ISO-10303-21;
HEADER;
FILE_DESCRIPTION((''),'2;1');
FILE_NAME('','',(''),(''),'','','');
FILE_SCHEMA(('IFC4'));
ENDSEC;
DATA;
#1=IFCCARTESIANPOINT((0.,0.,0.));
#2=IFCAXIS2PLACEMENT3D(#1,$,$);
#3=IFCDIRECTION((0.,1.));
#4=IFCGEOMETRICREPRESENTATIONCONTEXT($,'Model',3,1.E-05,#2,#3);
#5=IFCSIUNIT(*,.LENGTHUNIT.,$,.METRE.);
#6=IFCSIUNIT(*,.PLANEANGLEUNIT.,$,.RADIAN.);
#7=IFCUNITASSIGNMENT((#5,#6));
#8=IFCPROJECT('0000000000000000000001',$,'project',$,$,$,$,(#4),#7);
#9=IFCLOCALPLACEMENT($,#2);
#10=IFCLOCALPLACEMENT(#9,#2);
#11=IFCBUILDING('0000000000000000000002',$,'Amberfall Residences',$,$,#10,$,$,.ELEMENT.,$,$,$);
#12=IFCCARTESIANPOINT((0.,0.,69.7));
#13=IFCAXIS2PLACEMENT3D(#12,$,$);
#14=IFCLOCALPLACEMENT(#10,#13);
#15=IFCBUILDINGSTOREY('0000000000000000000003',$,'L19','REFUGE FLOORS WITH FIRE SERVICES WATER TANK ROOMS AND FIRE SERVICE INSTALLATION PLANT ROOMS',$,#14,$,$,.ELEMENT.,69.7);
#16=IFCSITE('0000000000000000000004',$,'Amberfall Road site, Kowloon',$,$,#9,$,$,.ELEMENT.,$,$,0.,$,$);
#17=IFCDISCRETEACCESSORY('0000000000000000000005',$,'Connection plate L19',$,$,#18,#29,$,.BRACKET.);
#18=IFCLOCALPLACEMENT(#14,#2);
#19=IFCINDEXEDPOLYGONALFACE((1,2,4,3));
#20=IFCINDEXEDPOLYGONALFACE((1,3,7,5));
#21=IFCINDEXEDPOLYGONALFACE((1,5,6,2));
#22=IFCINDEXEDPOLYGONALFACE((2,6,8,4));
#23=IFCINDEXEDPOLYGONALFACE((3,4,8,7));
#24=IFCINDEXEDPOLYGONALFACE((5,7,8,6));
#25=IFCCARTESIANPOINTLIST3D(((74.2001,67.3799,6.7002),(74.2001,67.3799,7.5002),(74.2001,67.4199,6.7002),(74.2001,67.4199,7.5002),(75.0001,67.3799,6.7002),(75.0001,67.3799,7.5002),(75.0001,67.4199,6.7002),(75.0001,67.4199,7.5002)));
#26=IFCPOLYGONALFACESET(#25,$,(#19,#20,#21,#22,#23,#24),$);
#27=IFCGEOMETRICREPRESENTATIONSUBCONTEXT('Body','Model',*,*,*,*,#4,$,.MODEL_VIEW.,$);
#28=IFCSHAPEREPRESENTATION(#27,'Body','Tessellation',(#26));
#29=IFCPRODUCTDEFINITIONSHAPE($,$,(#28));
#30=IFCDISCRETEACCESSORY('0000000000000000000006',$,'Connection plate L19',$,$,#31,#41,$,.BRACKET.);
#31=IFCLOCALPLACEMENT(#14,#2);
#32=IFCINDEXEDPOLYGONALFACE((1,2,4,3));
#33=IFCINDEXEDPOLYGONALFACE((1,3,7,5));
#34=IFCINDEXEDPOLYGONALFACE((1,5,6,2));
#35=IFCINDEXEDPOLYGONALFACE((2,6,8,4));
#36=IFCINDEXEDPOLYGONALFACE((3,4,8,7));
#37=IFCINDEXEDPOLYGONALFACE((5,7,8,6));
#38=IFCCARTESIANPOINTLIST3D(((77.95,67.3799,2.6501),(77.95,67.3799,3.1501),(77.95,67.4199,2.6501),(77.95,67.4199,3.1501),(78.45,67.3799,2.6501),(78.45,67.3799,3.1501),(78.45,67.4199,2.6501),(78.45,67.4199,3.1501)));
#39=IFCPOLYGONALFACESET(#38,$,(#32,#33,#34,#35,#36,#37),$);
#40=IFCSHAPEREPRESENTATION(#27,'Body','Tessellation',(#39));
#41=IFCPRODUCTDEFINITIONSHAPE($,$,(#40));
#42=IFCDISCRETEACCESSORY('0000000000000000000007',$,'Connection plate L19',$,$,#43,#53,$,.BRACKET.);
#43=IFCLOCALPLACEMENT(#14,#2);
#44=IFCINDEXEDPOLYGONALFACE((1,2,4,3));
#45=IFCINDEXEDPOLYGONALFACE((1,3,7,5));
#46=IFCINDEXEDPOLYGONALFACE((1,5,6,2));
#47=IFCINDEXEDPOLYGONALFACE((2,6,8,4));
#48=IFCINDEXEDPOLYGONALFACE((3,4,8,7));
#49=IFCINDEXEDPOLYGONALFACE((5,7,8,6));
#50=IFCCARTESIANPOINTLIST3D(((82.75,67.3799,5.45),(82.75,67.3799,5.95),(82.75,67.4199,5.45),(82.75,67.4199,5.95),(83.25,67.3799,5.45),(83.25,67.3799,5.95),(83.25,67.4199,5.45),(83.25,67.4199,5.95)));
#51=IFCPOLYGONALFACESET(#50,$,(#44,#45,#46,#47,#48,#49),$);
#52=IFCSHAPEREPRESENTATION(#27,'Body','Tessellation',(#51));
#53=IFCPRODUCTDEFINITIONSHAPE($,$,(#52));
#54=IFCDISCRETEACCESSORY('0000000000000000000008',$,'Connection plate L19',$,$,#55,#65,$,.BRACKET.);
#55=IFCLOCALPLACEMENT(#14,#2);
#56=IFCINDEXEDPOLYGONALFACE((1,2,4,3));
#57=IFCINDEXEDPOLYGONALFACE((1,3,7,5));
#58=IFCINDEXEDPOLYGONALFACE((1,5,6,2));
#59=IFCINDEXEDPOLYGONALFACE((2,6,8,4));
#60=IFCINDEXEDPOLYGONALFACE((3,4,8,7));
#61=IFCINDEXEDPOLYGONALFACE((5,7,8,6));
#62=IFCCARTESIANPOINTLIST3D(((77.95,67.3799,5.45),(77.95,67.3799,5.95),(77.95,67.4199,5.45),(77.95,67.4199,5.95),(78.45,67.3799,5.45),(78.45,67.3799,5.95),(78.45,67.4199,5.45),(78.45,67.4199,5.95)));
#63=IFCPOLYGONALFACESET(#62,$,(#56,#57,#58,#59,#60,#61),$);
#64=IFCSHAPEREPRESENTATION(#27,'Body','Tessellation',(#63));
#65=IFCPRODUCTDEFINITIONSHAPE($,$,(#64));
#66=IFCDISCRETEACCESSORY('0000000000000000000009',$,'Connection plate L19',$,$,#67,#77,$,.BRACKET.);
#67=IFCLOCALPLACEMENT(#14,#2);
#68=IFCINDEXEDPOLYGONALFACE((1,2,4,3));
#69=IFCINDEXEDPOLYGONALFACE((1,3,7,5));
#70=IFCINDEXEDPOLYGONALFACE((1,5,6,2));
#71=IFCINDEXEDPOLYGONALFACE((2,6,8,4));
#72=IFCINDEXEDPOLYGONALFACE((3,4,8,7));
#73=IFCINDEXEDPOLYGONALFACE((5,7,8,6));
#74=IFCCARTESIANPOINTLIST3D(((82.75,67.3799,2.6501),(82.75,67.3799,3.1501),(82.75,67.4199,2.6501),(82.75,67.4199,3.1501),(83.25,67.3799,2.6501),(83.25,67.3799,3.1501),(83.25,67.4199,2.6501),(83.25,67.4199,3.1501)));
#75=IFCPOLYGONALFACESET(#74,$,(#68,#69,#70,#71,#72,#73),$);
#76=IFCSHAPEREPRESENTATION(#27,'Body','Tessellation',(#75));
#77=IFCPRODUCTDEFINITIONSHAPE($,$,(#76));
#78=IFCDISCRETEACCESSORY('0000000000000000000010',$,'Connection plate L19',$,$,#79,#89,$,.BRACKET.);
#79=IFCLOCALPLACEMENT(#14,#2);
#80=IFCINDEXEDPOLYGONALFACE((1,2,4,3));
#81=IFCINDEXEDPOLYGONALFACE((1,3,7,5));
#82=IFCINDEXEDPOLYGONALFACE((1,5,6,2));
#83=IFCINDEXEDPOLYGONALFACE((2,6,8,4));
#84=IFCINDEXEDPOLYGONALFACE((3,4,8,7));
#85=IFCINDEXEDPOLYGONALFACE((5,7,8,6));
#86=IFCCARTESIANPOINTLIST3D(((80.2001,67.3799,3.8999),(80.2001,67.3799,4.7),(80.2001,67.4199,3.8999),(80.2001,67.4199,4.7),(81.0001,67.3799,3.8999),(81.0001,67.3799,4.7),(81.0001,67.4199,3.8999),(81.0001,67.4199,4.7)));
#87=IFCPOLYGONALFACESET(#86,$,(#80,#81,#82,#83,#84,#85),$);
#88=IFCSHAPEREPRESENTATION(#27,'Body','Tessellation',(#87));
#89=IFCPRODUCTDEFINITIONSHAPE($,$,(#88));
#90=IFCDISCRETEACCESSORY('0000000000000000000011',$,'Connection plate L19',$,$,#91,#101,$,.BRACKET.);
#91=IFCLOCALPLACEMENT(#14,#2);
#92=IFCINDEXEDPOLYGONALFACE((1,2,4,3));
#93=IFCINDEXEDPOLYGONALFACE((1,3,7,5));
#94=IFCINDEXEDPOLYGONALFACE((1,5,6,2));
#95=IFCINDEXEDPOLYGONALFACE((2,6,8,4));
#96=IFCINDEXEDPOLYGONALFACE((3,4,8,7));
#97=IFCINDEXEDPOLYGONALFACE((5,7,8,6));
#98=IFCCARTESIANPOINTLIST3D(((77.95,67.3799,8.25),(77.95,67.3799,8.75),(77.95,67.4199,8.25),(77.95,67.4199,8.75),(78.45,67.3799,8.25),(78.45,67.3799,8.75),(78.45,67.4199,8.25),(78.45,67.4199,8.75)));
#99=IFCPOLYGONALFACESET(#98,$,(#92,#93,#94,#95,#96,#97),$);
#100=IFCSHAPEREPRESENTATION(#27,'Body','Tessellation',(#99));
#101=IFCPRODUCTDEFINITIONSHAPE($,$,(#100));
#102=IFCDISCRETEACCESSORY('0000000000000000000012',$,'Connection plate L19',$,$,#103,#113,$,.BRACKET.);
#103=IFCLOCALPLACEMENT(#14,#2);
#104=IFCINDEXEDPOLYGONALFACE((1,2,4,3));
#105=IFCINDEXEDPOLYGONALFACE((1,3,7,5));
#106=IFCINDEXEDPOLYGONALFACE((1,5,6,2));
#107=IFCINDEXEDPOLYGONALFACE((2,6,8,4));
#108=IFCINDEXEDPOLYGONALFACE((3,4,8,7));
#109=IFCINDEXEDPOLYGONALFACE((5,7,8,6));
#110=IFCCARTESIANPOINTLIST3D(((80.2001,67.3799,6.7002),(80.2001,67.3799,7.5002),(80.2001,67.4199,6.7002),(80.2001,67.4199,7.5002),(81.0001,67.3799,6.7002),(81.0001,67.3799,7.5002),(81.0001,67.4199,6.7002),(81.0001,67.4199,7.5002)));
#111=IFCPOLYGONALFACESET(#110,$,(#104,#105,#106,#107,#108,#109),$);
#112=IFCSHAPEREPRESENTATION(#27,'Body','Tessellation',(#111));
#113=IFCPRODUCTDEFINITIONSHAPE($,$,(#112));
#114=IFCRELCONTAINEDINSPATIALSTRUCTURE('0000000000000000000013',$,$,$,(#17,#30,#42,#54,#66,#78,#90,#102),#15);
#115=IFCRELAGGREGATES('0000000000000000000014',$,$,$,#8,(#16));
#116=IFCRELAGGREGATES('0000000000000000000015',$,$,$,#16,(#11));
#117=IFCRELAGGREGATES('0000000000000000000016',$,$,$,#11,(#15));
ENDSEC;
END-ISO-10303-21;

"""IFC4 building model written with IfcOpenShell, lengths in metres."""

from ifc_helpers import new_model, si_unit, direction, frame, origin, origin_2d, place, context, subcontext, project, spatial, rectangle, extrude, element, save


model = new_model("IFC4")

# Units and contexts
model_context = context("Model", 3, precision=1e-05, world=origin(), true_north=direction((0.0, 1.0)))
body_context = subcontext(model_context, "Body", "Model", "MODEL_VIEW")
ifc_project = project(units=[si_unit("LENGTHUNIT", "METRE"), si_unit("PLANEANGLEUNIT", "RADIAN")], contexts=[model_context])

# Site, building, storey
site_placement = place(None, origin())
site = spatial("IfcSite", under=ifc_project, at=site_placement, Name="Amberfall Road site, Kowloon", CompositionType="ELEMENT", RefElevation=0.0)
building_placement = place(site_placement, origin())
building = spatial("IfcBuilding", under=site, at=building_placement, Name="Amberfall Residences", CompositionType="ELEMENT")
storey_placement = place(building_placement, frame((0.0, 0.0, 69.7)))
storey = spatial("IfcBuildingStorey", under=building, at=storey_placement, Name="L19", Description="REFUGE FLOORS WITH FIRE SERVICES WATER TANK ROOMS AND FIRE SERVICE INSTALLATION PLANT ROOMS", CompositionType="ELEMENT", Elevation=69.7)

# Discrete accessories
discrete_accessory_1_placement = place(storey_placement, frame((74.6001, 67.3999, 6.7002), z_axis=(0.0, 0.0, 1.0), x_axis=(1.0, 0.0, 0.0)))
element("IfcDiscreteAccessory", 1, at=discrete_accessory_1_placement, inside=storey, Name="Connection plate L19", PredefinedType="BRACKET", context=body_context, shape_type="SweptSolid", body=[
    extrude(rectangle(XDim=0.8, YDim=0.04, at=origin_2d()), origin(), (0.0, 0.0, 1.0), 0.8),
])
for number, where, z_axis, x_axis, name in (
    (2, (78.2, 67.3999, 2.6501), (0.0, 0.0, 1.0), (1.0, 0.0, 0.0), "Connection plate L19"),
    (3, (83.0, 67.3999, 5.45), (0.0, 0.0, 1.0), (1.0, 0.0, 0.0), "Connection plate L19"),
    (4, (78.2, 67.3999, 5.45), (0.0, 0.0, 1.0), (1.0, 0.0, 0.0), "Connection plate L19"),
    (5, (83.0, 67.3999, 2.6501), (0.0, 0.0, 1.0), (1.0, 0.0, 0.0), "Connection plate L19"),
):
    element("IfcDiscreteAccessory", number, at=place(storey_placement, frame(where, z_axis=z_axis, x_axis=x_axis)), inside=storey, Name=name, PredefinedType="BRACKET", context=body_context, shape_type="SweptSolid", body=[
        extrude(rectangle(XDim=0.5, YDim=0.04, at=origin_2d()), origin(), (0.0, 0.0, 1.0), 0.5),
    ])
discrete_accessory_2_placement = place(storey_placement, frame((80.6001, 67.3999, 3.8999), z_axis=(0.0, 0.0, 1.0), x_axis=(1.0, 0.0, 0.0)))
element("IfcDiscreteAccessory", 6, at=discrete_accessory_2_placement, inside=storey, Name="Connection plate L19", PredefinedType="BRACKET", context=body_context, shape_type="SweptSolid", body=[
    extrude(rectangle(XDim=0.8, YDim=0.04, at=origin_2d()), origin(), (0.0, 0.0, 1.0), 0.8),
])
discrete_accessory_3_placement = place(storey_placement, frame((78.2, 67.3999, 8.25), z_axis=(0.0, 0.0, 1.0), x_axis=(1.0, 0.0, 0.0)))
element("IfcDiscreteAccessory", 7, at=discrete_accessory_3_placement, inside=storey, Name="Connection plate L19", PredefinedType="BRACKET", context=body_context, shape_type="SweptSolid", body=[
    extrude(rectangle(XDim=0.5, YDim=0.04, at=origin_2d()), origin(), (0.0, 0.0, 1.0), 0.5),
])
discrete_accessory_4_placement = place(storey_placement, frame((80.6001, 67.3999, 6.7002), z_axis=(0.0, 0.0, 1.0), x_axis=(1.0, 0.0, 0.0)))
element("IfcDiscreteAccessory", 8, at=discrete_accessory_4_placement, inside=storey, Name="Connection plate L19", PredefinedType="BRACKET", context=body_context, shape_type="SweptSolid", body=[
    extrude(rectangle(XDim=0.8, YDim=0.04, at=origin_2d()), origin(), (0.0, 0.0, 1.0), 0.8),
])

save(model, "model.ifc")
